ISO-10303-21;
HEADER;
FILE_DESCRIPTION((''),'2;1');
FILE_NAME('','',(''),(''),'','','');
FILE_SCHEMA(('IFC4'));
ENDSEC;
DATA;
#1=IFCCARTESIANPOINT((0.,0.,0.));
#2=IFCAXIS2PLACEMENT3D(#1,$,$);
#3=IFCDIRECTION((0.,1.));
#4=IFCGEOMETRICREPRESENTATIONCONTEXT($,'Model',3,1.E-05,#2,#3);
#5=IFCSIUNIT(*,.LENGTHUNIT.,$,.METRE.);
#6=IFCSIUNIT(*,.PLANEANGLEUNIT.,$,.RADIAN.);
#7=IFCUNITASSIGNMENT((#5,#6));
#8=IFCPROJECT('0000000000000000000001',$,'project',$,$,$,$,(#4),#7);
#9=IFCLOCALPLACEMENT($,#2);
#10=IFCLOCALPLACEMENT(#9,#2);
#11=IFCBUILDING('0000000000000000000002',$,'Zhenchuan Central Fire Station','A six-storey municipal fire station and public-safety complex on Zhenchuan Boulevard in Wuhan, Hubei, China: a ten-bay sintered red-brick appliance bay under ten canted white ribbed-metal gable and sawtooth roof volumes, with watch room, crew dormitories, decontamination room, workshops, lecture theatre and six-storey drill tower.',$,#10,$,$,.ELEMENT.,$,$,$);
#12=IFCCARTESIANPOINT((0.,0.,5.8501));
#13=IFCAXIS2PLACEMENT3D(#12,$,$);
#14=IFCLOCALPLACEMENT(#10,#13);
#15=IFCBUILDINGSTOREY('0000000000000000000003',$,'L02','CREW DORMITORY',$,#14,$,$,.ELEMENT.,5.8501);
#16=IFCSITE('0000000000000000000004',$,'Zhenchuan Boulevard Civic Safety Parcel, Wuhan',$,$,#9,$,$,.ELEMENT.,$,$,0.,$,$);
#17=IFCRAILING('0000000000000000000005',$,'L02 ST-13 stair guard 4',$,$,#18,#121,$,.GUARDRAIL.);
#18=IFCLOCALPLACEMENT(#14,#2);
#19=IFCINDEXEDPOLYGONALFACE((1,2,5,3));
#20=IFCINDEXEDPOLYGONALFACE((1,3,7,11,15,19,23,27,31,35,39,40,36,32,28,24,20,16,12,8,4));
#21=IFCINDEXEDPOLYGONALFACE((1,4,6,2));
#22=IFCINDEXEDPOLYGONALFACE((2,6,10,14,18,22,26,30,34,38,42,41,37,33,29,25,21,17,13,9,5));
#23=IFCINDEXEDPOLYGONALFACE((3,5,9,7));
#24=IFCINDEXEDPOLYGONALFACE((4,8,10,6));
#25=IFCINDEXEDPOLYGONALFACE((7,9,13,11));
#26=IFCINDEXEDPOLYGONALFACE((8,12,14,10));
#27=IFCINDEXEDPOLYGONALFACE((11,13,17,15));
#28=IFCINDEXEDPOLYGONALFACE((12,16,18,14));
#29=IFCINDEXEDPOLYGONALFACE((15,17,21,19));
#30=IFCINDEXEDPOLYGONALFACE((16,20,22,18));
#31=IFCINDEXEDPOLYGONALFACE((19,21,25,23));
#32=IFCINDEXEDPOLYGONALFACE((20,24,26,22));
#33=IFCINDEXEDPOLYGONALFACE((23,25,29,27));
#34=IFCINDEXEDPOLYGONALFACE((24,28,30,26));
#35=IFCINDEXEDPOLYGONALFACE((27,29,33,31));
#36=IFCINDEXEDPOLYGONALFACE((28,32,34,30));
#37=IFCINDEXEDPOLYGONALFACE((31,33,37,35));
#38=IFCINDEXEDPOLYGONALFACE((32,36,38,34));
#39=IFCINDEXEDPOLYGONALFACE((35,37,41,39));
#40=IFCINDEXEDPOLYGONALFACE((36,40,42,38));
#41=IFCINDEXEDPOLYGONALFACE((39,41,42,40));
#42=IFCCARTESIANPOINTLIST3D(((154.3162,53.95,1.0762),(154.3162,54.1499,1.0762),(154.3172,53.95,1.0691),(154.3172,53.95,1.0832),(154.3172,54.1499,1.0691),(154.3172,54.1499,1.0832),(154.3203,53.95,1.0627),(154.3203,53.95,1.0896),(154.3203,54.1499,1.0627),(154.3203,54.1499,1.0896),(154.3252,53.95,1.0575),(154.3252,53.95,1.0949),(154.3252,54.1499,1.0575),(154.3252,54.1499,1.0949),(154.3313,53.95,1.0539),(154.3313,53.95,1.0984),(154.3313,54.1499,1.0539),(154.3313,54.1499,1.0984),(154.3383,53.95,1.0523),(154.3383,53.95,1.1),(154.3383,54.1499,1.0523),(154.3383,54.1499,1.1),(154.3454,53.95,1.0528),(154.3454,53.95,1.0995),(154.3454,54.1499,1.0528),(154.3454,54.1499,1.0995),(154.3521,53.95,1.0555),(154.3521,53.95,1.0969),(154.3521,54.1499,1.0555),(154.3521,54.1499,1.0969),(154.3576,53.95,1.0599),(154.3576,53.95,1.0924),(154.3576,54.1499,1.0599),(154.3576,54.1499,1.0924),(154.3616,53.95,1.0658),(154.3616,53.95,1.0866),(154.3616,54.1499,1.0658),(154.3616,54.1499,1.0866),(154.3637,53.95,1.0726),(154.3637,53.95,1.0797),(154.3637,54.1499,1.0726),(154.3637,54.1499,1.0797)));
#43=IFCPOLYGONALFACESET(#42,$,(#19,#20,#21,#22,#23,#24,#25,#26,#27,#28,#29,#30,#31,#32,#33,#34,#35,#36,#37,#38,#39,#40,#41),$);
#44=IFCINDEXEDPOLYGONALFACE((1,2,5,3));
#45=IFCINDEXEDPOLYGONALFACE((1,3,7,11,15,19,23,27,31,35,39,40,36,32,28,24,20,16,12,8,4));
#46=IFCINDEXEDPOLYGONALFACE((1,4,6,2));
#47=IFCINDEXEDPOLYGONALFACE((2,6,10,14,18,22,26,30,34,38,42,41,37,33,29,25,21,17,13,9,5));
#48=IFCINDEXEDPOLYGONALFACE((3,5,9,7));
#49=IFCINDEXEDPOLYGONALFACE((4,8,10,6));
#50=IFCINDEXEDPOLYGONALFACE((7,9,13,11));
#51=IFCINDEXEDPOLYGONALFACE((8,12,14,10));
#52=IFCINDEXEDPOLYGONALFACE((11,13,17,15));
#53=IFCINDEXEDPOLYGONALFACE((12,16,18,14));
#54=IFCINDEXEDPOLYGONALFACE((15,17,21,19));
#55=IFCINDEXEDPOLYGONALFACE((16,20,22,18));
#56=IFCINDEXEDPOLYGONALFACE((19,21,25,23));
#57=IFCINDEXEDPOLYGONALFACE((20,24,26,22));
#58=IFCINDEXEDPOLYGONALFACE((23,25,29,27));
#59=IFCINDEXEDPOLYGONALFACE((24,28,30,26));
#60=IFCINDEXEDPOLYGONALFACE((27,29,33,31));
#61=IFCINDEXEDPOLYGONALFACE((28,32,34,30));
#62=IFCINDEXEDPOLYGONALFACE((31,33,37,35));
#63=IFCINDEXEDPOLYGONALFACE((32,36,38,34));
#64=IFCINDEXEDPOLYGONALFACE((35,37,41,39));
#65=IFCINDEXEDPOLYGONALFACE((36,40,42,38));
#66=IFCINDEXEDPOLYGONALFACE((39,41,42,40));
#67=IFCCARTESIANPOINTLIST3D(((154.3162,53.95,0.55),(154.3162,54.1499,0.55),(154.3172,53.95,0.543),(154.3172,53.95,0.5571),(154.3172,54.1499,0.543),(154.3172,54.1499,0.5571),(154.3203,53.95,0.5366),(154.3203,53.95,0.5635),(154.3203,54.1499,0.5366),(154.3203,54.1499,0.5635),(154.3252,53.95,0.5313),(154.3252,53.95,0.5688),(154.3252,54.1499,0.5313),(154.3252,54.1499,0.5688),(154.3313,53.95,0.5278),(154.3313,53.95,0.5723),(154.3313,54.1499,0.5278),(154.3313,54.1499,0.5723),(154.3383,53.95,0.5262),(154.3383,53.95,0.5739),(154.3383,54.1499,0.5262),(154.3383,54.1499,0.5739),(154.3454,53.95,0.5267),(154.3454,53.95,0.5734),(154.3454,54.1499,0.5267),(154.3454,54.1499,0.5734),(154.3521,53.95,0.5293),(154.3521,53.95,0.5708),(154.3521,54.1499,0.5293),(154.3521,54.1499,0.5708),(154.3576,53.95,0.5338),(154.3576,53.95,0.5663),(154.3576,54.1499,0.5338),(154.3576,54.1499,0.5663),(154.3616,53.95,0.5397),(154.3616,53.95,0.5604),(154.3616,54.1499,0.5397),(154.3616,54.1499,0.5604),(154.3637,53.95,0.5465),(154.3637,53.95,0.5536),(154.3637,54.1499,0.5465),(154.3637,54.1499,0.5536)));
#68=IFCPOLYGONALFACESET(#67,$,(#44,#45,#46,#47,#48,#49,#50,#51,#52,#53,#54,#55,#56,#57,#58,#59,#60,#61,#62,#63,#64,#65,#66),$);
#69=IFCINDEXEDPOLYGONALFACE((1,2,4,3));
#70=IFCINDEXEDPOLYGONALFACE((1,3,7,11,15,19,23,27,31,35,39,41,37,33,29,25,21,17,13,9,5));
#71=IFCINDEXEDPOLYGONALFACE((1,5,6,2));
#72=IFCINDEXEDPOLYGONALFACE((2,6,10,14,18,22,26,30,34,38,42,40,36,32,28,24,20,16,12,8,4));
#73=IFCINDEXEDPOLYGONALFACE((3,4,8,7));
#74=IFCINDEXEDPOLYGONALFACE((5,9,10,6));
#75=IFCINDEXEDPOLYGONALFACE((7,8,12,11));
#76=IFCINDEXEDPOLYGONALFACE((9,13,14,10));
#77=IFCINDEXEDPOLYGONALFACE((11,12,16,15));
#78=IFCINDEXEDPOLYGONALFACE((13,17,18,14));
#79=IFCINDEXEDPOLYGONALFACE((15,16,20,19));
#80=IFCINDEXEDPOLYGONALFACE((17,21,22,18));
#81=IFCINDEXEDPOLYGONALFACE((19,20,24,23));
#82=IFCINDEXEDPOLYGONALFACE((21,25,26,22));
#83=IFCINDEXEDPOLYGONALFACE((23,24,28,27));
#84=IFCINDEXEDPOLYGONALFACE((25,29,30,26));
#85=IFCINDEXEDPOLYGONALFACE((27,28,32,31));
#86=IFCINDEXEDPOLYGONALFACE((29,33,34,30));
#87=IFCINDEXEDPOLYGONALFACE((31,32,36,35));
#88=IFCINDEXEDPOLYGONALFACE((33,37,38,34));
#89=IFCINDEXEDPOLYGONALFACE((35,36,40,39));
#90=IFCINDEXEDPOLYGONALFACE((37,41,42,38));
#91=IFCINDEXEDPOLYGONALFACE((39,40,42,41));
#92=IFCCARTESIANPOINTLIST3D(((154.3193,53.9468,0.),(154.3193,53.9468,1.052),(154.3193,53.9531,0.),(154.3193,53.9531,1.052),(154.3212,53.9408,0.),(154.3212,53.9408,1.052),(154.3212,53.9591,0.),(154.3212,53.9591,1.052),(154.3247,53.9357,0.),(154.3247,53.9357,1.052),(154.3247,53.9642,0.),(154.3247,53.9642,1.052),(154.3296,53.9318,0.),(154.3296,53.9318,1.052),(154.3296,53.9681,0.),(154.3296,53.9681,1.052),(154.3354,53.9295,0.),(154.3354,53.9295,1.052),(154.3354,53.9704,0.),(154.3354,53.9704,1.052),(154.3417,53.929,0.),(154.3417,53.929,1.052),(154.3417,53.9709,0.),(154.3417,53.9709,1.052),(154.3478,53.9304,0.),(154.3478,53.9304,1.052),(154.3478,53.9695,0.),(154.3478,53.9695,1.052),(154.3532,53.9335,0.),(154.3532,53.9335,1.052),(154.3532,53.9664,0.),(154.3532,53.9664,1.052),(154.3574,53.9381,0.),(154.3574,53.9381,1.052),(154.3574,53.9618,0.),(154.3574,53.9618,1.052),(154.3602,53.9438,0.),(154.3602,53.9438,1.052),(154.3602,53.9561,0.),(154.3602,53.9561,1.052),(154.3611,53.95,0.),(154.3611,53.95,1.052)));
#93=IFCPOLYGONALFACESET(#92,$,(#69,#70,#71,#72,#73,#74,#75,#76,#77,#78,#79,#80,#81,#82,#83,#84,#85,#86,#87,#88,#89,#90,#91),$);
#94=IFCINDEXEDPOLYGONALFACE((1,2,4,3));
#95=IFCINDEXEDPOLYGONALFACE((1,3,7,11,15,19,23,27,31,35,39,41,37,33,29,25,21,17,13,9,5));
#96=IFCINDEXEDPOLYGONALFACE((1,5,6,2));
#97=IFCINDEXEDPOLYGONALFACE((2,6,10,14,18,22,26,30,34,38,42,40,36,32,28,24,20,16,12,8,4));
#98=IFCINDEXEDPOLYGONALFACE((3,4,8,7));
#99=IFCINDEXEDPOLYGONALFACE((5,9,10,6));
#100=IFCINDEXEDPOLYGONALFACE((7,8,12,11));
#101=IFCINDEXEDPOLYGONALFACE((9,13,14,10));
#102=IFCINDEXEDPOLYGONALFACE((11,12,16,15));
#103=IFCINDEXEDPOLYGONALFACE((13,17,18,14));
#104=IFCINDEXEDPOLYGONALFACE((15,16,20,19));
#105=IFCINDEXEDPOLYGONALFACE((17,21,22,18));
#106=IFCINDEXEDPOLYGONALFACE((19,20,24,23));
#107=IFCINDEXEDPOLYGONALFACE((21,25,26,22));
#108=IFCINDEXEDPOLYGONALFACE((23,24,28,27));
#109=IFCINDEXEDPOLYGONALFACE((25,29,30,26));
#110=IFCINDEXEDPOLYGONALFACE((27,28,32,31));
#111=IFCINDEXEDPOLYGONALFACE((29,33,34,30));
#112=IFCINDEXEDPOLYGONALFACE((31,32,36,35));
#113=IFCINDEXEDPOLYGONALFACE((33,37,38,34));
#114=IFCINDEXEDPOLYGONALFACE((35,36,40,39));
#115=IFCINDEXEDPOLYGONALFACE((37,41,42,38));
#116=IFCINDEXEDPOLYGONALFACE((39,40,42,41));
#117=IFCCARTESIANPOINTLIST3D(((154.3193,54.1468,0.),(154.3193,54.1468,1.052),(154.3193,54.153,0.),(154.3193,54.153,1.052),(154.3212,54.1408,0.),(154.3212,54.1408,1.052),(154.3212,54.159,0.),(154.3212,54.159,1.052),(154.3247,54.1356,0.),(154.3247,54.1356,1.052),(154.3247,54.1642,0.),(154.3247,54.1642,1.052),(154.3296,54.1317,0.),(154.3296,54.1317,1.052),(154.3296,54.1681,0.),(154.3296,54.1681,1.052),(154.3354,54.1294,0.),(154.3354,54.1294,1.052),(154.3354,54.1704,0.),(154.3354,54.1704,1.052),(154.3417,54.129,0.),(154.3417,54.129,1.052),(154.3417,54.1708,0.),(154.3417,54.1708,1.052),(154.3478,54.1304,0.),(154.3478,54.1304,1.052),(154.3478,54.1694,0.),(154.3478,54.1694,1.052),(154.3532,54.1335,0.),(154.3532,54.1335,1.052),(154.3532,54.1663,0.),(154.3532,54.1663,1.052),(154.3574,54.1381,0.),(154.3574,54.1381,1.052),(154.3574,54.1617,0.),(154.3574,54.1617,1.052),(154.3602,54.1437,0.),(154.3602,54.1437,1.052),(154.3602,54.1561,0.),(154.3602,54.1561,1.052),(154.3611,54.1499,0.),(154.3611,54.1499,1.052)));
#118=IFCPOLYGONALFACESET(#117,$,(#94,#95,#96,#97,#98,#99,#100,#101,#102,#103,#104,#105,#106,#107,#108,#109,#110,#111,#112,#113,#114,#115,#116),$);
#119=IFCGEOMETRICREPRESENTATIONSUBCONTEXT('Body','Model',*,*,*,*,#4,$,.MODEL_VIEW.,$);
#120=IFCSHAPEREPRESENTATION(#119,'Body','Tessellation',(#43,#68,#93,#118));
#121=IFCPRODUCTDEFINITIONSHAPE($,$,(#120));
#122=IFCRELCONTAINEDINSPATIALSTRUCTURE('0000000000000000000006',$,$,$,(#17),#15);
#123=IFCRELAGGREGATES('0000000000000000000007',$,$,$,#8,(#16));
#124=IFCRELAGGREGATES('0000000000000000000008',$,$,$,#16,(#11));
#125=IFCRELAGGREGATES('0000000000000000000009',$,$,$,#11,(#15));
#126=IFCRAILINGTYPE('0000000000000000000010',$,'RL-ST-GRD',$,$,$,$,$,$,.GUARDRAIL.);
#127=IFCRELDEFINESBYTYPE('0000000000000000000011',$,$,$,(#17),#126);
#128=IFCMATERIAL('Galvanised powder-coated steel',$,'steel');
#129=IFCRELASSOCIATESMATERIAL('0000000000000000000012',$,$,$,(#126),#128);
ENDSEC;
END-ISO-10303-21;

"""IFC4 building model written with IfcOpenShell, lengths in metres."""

from ifc_helpers import new_model, si_unit, direction, frame, origin, origin_2d, place, context, subcontext, project, spatial, circle, extrude, material, type_object, element, save


model = new_model("IFC4")

# Units and contexts
model_context = context("Model", 3, precision=1e-05, world=origin(), true_north=direction((0.0, 1.0)))
body_context = subcontext(model_context, "Body", "Model", "MODEL_VIEW")
ifc_project = project(units=[si_unit("LENGTHUNIT", "METRE"), si_unit("PLANEANGLEUNIT", "RADIAN")], contexts=[model_context])

# Site, building, storey
site_placement = place(None, origin())
site = spatial("IfcSite", under=ifc_project, at=site_placement, Name="Zhenchuan Boulevard Civic Safety Parcel, Wuhan", CompositionType="ELEMENT", RefElevation=0.0)
building_placement = place(site_placement, origin())
building = spatial("IfcBuilding", under=site, at=building_placement, Name="Zhenchuan Central Fire Station", Description="A six-storey municipal fire station and public-safety complex on Zhenchuan Boulevard in Wuhan, Hubei, China: a ten-bay sintered red-brick appliance bay under ten canted white ribbed-metal gable and sawtooth roof volumes, with watch room, crew dormitories, decontamination room, workshops, lecture theatre and six-storey drill tower.", CompositionType="ELEMENT")
storey_placement = place(building_placement, frame((0.0, 0.0, 5.8501)))
storey = spatial("IfcBuildingStorey", under=building, at=storey_placement, Name="L02", Description="CREW DORMITORY", CompositionType="ELEMENT", Elevation=5.8501)

# Railing
ifc_material_1 = material(Name="Galvanised powder-coated steel", Category="steel")
railing_type_1 = type_object("IfcRailingType", Name="RL-ST-GRD", PredefinedType="GUARDRAIL", material=ifc_material_1)
railing_1_placement = place(storey_placement, frame((154.3401, 53.95, 0.0)))
element("IfcRailing", 1, at=railing_1_placement, inside=storey, type_object=railing_type_1, Name="L02 ST-13 stair guard 4", PredefinedType="GUARDRAIL", context=body_context, shape_type="SweptSolid", body=[
    extrude(circle(Radius=0.0239, at=origin_2d()), frame((0.0, 0.0, 1.0762), z_axis=(0.0, 1.0, 0.0), x_axis=(-1.0, 0.0, 0.0)), (0.0, 0.0, 1.0), 0.2),
    extrude(circle(Radius=0.0239, at=origin_2d()), frame((0.0, 0.0, 0.55), z_axis=(0.0, 1.0, 0.0), x_axis=(-1.0, 0.0, 0.0)), (0.0, 0.0, 1.0), 0.2),
    extrude(circle(Radius=0.021, at=origin_2d()), origin(), (0.0, 0.0, 1.0), 1.052),
    extrude(circle(Radius=0.021, at=origin_2d()), frame((0.0, 0.2, 0.0)), (0.0, 0.0, 1.0), 1.052),
])

save(model, "model.ifc")
